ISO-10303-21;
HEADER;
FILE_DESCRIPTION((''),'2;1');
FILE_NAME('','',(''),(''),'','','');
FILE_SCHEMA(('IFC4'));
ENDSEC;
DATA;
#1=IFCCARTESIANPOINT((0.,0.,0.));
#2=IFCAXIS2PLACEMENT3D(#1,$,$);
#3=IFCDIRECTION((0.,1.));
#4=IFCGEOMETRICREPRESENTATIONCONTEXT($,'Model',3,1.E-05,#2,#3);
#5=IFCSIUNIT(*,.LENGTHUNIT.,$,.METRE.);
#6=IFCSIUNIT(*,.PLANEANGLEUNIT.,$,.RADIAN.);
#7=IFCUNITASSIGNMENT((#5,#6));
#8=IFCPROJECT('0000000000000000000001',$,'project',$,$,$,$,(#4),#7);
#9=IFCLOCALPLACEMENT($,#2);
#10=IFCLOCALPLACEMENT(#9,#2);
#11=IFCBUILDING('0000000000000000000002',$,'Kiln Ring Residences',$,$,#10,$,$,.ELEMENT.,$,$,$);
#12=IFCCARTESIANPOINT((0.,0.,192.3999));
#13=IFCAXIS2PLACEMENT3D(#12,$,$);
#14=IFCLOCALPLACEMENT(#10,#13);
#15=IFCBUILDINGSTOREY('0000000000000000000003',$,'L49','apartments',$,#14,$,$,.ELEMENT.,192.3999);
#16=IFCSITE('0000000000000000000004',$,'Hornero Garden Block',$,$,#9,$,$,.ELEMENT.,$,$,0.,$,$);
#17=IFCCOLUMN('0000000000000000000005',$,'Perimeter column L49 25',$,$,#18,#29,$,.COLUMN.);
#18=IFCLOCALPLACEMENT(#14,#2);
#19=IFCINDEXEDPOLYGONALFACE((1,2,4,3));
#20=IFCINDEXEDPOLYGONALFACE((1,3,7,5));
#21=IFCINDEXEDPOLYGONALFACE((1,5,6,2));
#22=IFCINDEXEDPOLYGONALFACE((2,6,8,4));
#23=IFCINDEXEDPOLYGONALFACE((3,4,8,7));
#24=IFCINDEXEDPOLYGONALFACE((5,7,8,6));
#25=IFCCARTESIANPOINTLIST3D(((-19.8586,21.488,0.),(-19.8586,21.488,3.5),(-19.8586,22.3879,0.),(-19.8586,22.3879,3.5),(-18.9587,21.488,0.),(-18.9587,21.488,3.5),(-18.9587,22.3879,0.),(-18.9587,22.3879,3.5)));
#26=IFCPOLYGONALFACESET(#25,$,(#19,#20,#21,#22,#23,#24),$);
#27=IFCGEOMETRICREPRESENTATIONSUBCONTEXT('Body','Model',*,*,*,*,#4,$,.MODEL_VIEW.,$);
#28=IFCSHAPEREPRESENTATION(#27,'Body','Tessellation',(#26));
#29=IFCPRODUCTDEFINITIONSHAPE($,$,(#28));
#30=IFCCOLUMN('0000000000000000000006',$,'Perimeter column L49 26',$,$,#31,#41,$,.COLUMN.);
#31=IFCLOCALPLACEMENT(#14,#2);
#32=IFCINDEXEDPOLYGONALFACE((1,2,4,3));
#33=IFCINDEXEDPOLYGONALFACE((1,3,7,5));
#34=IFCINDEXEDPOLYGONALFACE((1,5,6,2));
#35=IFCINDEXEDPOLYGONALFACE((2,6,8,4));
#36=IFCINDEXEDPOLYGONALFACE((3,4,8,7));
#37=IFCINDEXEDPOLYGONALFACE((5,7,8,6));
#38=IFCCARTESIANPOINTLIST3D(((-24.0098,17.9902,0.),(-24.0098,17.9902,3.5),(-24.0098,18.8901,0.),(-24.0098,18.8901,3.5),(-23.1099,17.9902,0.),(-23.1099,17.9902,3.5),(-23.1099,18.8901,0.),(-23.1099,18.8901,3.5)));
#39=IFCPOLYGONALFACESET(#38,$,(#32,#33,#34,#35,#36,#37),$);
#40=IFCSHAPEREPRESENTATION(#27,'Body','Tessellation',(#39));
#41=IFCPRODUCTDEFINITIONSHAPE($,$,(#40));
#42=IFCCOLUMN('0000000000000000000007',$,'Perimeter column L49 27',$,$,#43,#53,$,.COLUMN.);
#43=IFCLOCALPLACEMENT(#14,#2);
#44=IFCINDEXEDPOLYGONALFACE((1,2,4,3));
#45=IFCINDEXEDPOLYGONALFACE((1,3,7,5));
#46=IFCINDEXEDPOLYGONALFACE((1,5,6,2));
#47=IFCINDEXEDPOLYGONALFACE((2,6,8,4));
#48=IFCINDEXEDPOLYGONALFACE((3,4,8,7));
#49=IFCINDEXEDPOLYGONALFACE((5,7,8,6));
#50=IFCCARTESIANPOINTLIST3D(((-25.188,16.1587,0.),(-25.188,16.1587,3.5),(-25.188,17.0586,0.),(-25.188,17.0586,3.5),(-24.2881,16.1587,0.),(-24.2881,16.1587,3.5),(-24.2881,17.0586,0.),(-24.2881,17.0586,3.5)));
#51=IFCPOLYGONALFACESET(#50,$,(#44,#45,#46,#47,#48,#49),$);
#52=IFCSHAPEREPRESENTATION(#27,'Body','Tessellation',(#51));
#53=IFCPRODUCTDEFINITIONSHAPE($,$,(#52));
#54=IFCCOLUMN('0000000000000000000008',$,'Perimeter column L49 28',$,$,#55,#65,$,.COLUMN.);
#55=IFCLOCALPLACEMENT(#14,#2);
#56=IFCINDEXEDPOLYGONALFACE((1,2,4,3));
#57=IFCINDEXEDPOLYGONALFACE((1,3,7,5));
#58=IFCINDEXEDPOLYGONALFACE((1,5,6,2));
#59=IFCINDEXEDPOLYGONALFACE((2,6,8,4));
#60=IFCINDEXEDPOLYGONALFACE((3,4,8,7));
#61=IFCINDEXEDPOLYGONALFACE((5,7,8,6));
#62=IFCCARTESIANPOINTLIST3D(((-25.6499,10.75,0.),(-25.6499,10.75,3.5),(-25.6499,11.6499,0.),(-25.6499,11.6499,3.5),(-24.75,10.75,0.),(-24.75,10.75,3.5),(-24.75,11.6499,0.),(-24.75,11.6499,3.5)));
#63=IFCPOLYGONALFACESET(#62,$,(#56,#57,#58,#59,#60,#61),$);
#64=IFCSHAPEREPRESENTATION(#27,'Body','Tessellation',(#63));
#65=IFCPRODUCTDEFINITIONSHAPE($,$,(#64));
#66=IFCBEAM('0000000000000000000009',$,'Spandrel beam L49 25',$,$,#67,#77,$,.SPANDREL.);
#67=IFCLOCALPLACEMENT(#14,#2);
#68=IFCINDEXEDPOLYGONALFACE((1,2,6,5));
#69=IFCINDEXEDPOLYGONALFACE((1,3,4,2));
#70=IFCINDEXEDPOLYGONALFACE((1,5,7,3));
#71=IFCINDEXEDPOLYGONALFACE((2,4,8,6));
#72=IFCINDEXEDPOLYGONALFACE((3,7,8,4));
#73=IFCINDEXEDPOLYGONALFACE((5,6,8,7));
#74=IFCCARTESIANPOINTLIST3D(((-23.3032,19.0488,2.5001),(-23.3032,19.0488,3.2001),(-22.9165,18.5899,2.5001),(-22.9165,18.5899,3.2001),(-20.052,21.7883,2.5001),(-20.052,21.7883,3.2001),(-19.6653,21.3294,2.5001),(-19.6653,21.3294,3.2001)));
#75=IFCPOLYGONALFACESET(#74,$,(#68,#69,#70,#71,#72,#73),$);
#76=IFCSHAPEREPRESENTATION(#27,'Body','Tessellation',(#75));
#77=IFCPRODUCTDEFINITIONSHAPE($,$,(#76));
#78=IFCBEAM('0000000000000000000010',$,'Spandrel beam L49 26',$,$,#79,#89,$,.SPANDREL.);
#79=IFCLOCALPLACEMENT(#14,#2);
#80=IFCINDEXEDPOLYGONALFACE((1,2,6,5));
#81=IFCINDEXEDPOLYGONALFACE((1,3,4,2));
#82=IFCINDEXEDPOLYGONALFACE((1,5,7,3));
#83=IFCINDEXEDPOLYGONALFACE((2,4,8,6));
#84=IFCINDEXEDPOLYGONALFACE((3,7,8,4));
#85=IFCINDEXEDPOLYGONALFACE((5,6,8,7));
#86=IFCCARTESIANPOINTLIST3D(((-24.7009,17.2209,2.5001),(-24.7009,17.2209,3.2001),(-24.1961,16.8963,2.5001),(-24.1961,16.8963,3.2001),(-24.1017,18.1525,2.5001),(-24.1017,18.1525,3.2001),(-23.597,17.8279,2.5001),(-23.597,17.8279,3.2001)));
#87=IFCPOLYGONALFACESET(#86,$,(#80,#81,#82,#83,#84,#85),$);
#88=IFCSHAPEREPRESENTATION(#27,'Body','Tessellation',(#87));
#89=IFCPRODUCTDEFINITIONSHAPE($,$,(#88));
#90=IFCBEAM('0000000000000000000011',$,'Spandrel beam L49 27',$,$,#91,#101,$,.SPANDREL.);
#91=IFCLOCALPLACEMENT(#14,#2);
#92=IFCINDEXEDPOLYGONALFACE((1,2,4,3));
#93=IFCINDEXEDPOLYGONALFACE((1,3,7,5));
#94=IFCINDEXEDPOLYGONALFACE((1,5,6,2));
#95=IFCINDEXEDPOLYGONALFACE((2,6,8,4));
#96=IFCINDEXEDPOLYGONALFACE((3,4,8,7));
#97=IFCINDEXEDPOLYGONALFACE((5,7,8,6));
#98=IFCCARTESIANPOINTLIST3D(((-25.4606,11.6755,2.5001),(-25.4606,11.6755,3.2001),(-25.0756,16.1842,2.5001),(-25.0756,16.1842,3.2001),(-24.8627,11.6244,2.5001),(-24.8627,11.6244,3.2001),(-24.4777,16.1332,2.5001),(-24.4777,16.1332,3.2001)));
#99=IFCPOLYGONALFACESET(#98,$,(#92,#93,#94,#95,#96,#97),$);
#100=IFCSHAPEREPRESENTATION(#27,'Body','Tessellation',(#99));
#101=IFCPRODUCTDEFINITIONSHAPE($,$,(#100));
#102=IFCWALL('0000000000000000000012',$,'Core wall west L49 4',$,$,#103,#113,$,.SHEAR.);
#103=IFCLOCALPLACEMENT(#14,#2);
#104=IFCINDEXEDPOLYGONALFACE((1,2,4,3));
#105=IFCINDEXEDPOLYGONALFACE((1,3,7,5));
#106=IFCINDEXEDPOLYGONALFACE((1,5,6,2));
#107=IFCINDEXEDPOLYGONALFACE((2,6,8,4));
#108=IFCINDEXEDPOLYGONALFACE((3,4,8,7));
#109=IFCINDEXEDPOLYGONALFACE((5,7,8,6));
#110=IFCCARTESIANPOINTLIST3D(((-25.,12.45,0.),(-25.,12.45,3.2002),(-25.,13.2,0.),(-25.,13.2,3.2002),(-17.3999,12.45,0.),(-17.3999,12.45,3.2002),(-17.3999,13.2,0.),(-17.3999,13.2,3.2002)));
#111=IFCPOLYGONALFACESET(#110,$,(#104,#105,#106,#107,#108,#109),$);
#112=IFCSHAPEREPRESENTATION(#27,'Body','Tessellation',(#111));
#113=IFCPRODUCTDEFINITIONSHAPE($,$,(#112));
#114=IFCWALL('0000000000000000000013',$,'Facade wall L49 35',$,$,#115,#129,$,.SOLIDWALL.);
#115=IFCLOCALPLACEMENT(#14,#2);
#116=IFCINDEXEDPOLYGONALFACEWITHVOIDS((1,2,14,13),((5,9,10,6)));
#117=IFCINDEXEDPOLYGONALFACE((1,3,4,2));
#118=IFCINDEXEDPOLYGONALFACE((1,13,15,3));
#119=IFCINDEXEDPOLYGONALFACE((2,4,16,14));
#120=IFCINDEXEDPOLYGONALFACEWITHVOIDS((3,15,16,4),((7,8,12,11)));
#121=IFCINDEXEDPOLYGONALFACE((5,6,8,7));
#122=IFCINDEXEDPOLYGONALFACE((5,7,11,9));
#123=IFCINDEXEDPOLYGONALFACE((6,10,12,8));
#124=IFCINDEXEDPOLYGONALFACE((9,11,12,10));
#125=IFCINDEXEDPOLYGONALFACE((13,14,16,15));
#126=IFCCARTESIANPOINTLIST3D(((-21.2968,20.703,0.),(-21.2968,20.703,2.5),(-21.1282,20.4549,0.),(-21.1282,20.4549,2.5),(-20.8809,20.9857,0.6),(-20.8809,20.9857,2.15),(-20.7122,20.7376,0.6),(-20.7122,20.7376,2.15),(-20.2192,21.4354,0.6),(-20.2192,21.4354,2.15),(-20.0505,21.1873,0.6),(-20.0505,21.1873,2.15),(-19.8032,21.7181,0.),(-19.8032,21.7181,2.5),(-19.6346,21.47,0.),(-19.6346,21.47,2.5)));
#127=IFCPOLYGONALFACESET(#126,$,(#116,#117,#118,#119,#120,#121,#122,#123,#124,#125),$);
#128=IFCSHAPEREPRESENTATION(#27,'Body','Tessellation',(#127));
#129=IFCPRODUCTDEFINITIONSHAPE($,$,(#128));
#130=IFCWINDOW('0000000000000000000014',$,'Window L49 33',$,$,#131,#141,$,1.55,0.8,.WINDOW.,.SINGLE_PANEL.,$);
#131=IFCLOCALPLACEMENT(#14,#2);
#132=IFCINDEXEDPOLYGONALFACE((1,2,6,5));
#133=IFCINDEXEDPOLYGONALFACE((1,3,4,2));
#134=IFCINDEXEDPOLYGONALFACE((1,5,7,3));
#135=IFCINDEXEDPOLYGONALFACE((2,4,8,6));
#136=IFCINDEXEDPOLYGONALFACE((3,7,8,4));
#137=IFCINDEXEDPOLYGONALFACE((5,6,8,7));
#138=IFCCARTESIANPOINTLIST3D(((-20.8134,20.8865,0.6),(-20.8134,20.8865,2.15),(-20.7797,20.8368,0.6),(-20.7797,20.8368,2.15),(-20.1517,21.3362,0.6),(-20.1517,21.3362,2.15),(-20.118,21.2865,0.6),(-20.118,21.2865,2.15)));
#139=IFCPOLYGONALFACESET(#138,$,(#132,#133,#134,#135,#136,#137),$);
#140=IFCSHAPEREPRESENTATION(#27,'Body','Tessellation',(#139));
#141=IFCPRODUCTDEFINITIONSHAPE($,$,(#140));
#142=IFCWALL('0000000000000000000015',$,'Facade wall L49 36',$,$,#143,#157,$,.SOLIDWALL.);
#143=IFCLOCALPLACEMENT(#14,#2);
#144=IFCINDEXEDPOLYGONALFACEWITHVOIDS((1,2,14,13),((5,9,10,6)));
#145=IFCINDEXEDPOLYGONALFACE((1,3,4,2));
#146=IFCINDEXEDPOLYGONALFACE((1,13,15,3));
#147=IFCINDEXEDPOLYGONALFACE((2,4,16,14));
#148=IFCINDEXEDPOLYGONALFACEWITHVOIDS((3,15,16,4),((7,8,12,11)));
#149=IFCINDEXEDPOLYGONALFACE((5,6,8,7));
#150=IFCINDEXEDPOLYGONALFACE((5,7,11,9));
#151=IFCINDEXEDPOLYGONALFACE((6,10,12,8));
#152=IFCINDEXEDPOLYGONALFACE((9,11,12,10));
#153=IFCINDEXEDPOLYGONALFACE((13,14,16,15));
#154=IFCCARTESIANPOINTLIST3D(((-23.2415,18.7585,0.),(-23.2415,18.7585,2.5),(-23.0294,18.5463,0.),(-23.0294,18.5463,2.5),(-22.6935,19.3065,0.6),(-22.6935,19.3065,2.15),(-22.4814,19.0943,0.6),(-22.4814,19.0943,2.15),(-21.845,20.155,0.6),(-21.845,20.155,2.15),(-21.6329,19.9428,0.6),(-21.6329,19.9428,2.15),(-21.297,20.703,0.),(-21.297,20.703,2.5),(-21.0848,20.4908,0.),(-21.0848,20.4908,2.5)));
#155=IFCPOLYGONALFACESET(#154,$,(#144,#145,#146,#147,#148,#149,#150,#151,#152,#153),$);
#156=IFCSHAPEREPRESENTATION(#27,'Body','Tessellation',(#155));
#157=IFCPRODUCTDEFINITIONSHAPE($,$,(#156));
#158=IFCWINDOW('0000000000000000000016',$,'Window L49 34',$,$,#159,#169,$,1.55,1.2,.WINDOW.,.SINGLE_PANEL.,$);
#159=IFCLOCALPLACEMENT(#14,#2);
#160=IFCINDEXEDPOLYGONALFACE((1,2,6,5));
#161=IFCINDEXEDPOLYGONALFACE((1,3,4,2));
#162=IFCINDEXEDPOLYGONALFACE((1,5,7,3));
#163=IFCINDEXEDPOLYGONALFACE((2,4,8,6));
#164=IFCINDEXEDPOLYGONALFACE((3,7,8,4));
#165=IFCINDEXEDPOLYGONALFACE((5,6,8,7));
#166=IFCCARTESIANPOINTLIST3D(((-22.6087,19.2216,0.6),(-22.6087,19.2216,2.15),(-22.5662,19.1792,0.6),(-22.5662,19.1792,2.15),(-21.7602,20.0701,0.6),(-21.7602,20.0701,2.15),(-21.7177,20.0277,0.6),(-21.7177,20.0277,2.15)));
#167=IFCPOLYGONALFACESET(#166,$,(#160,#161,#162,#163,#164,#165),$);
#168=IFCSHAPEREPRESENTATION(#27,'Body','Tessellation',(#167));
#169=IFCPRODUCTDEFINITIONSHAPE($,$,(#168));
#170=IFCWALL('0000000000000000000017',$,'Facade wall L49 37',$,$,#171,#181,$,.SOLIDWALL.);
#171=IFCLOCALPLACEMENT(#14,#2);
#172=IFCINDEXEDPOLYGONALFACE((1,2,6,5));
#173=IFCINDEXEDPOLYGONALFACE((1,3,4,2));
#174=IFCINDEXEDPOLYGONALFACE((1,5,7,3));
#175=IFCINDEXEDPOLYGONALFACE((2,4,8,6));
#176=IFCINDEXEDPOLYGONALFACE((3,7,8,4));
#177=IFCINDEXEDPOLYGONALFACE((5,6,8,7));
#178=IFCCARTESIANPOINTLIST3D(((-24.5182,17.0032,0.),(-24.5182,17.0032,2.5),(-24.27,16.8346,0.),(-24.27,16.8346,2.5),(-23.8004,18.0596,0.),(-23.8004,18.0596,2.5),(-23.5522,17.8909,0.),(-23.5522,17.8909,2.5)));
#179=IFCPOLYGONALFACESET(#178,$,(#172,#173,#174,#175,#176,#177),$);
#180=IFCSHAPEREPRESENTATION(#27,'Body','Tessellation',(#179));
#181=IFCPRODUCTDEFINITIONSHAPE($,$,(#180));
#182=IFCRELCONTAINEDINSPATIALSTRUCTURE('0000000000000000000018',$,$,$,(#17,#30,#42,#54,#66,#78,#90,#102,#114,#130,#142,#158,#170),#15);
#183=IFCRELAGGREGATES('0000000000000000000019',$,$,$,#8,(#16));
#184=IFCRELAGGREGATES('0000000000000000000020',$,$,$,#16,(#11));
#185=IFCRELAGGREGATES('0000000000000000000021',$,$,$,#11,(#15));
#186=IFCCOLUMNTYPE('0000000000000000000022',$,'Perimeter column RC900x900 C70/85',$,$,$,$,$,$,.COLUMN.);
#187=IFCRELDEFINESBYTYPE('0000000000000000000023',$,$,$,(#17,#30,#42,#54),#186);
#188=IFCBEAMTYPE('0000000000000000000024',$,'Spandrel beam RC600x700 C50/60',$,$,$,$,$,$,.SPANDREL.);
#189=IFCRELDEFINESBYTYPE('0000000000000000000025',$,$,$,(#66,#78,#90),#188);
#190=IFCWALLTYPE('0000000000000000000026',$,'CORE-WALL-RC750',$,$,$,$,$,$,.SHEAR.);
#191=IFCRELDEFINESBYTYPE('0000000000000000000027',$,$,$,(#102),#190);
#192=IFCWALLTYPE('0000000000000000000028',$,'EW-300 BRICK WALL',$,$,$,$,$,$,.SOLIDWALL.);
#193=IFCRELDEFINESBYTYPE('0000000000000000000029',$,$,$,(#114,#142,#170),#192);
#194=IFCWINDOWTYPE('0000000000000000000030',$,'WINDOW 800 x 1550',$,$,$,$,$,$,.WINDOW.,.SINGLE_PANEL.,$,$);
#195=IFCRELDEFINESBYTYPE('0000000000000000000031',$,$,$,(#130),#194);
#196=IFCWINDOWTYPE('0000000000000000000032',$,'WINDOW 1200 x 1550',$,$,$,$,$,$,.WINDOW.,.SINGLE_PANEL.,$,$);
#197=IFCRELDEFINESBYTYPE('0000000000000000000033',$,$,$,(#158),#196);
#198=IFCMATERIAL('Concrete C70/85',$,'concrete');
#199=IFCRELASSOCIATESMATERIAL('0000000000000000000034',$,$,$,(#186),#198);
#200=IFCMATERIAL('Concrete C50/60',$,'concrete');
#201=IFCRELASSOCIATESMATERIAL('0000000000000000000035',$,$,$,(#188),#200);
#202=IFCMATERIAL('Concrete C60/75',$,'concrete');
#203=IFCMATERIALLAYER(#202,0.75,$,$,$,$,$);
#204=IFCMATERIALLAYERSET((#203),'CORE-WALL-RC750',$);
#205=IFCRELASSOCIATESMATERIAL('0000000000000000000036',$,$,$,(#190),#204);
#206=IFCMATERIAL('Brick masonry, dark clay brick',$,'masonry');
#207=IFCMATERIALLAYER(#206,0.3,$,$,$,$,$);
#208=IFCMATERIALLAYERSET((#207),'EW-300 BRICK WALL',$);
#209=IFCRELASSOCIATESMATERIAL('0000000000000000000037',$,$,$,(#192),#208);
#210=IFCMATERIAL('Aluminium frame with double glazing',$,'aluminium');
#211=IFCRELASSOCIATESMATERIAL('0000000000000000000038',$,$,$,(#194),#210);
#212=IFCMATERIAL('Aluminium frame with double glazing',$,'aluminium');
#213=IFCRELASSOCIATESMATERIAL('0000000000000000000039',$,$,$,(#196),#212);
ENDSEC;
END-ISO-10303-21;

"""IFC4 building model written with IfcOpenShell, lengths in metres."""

from ifc_helpers import new_model, si_unit, direction, frame, frame_2d, origin, origin_2d, place, context, subcontext, project, spatial, rectangle, extrude, material, layer, layer_set, material_profile, profile_set, type_object, element, fill, save


model = new_model("IFC4")

# Units and contexts
model_context = context("Model", 3, precision=1e-05, world=origin(), true_north=direction((0.0, 1.0)))
body_context = subcontext(model_context, "Body", "Model", "MODEL_VIEW")
ifc_project = project(units=[si_unit("LENGTHUNIT", "METRE"), si_unit("PLANEANGLEUNIT", "RADIAN")], contexts=[model_context])

# Site, building, storey
site_placement = place(None, origin())
site = spatial("IfcSite", under=ifc_project, at=site_placement, Name="Hornero Garden Block", CompositionType="ELEMENT", RefElevation=0.0)
building_placement = place(site_placement, origin())
building = spatial("IfcBuilding", under=site, at=building_placement, Name="Kiln Ring Residences", CompositionType="ELEMENT")
storey_placement = place(building_placement, frame((0.0, 0.0, 192.3999)))
storey = spatial("IfcBuildingStorey", under=building, at=storey_placement, Name="L49", Description="apartments", CompositionType="ELEMENT", Elevation=192.3999)

# Columns
ifc_material_1 = material(Name="Concrete C70/85", Category="concrete")
ifc_material_profile_1 = material_profile(ifc_material_1, rectangle(XDim=0.8999, YDim=0.8999, at=origin_2d()), Name="RC900x900")
ifc_profile_set_1 = profile_set([ifc_material_profile_1], Name="Concrete C70/85")
column_type = type_object("IfcColumnType", Name="Perimeter column RC900x900 C70/85", PredefinedType="COLUMN", material=ifc_profile_set_1)
for number, where, z_axis, x_axis, name in (
    (1, (-19.4087, 21.938, 0.0), (0.0, 0.0, 1.0), (1.0, 0.0, 0.0), "Perimeter column L49 25"),
    (2, (-23.5598, 18.4402, 0.0), (0.0, 0.0, 1.0), (1.0, 0.0, 0.0), "Perimeter column L49 26"),
    (3, (-24.738, 16.6086, 0.0), (0.0, 0.0, 1.0), (1.0, 0.0, 0.0), "Perimeter column L49 27"),
    (4, (-25.2, 11.2, 0.0), (0.0, 0.0, 1.0), (1.0, 0.0, 0.0), "Perimeter column L49 28"),
):
    element("IfcColumn", number, at=place(storey_placement, frame(where, z_axis=z_axis, x_axis=x_axis)), inside=storey, type_object=column_type, Name=name, PredefinedType="COLUMN", context=body_context, shape_type="SweptSolid", body=[
        extrude(rectangle(XDim=0.8999, YDim=0.8999, at=origin_2d()), origin(), (0.0, 0.0, 1.0), 3.5),
    ])

# Beams
ifc_material_2 = material(Name="Concrete C50/60", Category="concrete")
ifc_material_profile_2 = material_profile(ifc_material_2, rectangle(XDim=0.6001, YDim=0.7, at=origin_2d()), Name="RC600x700")
ifc_profile_set_2 = profile_set([ifc_material_profile_2], Name="Concrete C50/60")
beam_type = type_object("IfcBeamType", Name="Spandrel beam RC600x700 C50/60", PredefinedType="SPANDREL", material=ifc_profile_set_2)
beam_1_placement = place(storey_placement, frame((-19.8586, 21.5588, 2.8501), z_axis=(-0.764722, -0.64436, 0.0), x_axis=(0.64436, -0.764722, 0.0)))
element("IfcBeam", 5, at=beam_1_placement, inside=storey, type_object=beam_type, Name="Spandrel beam L49 25", PredefinedType="SPANDREL", context=body_context, shape_type="SweptSolid", body=[
    extrude(rectangle(XDim=0.6001, YDim=0.7, at=origin_2d()), origin(), (0.0, 0.0, 1.0), 4.2515),
])
beam_2_placement = place(storey_placement, frame((-23.8494, 17.9902, 2.8501), z_axis=(-0.540891, -0.841093, 0.0), x_axis=(0.841093, -0.540891, 0.0)))
element("IfcBeam", 6, at=beam_2_placement, inside=storey, type_object=beam_type, Name="Spandrel beam L49 26", PredefinedType="SPANDREL", context=body_context, shape_type="SweptSolid", body=[
    extrude(rectangle(XDim=0.6001, YDim=0.7, at=origin_2d()), origin(), (0.0, 0.0, 1.0), 1.1077),
])
beam_3_placement = place(storey_placement, frame((-24.7766, 16.1587, 2.8501), z_axis=(-0.085081, -0.996374, 0.0), x_axis=(0.996374, -0.085081, 0.0)))
element("IfcBeam", 7, at=beam_3_placement, inside=storey, type_object=beam_type, Name="Spandrel beam L49 27", PredefinedType="SPANDREL", context=body_context, shape_type="SweptSolid", body=[
    extrude(rectangle(XDim=0.6001, YDim=0.7, at=origin_2d()), origin(), (0.0, 0.0, 1.0), 4.5251),
])

# Wall
ifc_material_3 = material(Name="Concrete C60/75", Category="concrete")
ifc_layer_1 = layer(ifc_material_3, 0.75)
ifc_layer_set_1 = layer_set([ifc_layer_1], Name="CORE-WALL-RC750")
wall_type_1 = type_object("IfcWallType", Name="CORE-WALL-RC750", PredefinedType="SHEAR", material=ifc_layer_set_1)
wall_1_placement = place(storey_placement, frame((-17.3999, 12.825, 0.0), z_axis=(0.0, 0.0, 1.0), x_axis=(-1.0, 0.0, 0.0)))
element("IfcWall", 8, at=wall_1_placement, inside=storey, type_object=wall_type_1, Name="Core wall west L49 4", PredefinedType="SHEAR", context=body_context, shape_type="SweptSolid", body=[
    extrude(rectangle(XDim=7.6001, YDim=0.75, at=frame_2d((3.8, 0.0))), origin(), (0.0, 0.0, 1.0), 3.2002),
])

# Walls, openings, windows
ifc_material_4 = material(Name="Brick masonry, dark clay brick", Category="masonry")
ifc_layer_2 = layer(ifc_material_4, 0.3)
ifc_layer_set_2 = layer_set([ifc_layer_2], Name="EW-300 BRICK WALL")
wall_type_2 = type_object("IfcWallType", Name="EW-300 BRICK WALL", PredefinedType="SOLIDWALL", material=ifc_layer_set_2)
wall_2_placement = place(storey_placement, frame((-19.719, 21.594, 0.0), z_axis=(0.0, 0.0, 1.0), x_axis=(-0.827067, -0.562103, 0.0)))
wall_2 = element("IfcWall", 9, at=wall_2_placement, inside=storey, type_object=wall_type_2, Name="Facade wall L49 35", PredefinedType="SOLIDWALL", context=body_context, shape_type="SweptSolid", body=[
    extrude(rectangle(XDim=1.8059, YDim=0.3, at=frame_2d((0.9028, 0.0))), origin(), (0.0, 0.0, 1.0), 2.5),
])
opening_1_placement = place(wall_2_placement, frame((0.5029, 0.0, 0.6001)))
opening_1 = element("IfcOpeningElement", 10, at=opening_1_placement, cuts=wall_2, PredefinedType="OPENING", context=body_context, shape_type="SweptSolid", body=[
    extrude(rectangle(XDim=0.8, YDim=1.55, at=frame_2d((0.3999, 0.7749))), frame((0.0, 0.1599, 0.0), z_axis=(0.0, -1.0, 0.0), x_axis=(1.0, 0.0, 0.0)), (0.0, 0.0, 1.0), 0.3201),
])
ifc_material_5 = material(Name="Aluminium frame with double glazing", Category="aluminium")
window_type_1 = type_object("IfcWindowType", Name="WINDOW 800 x 1550", PartitioningType="SINGLE_PANEL", PredefinedType="WINDOW", material=ifc_material_5)
window_1_placement = place(opening_1_placement, origin())
window_1 = element("IfcWindow", 11, at=window_1_placement, inside=storey, type_object=window_type_1, Name="Window L49 33", OverallHeight=1.55, OverallWidth=0.8, PartitioningType="SINGLE_PANEL", PredefinedType="WINDOW", context=body_context, shape_type="SweptSolid", body=[
    extrude(rectangle(XDim=0.8, YDim=1.55, at=frame_2d((0.3999, 0.7749))), frame((0.0, 0.03, 0.0), z_axis=(0.0, -1.0, 0.0), x_axis=(1.0, 0.0, 0.0)), (0.0, 0.0, 1.0), 0.0601),
])
fill(opening_1, window_1)
wall_3_placement = place(storey_placement, frame((-21.1909, 20.5969, 0.0), z_axis=(0.0, 0.0, 1.0), x_axis=(-0.707107, -0.707107, 0.0)))
wall_3 = element("IfcWall", 12, at=wall_3_placement, inside=storey, type_object=wall_type_2, Name="Facade wall L49 36", PredefinedType="SOLIDWALL", context=body_context, shape_type="SweptSolid", body=[
    extrude(rectangle(XDim=2.75, YDim=0.3, at=frame_2d((1.375, 0.0))), origin(), (0.0, 0.0, 1.0), 2.5),
])
opening_2_placement = place(wall_3_placement, frame((0.7749, 0.0, 0.6001)))
opening_2 = element("IfcOpeningElement", 13, at=opening_2_placement, cuts=wall_3, PredefinedType="OPENING", context=body_context, shape_type="SweptSolid", body=[
    extrude(rectangle(XDim=1.2, YDim=1.55, at=frame_2d((0.6001, 0.7749))), frame((0.0, 0.1599, 0.0), z_axis=(0.0, -1.0, 0.0), x_axis=(1.0, 0.0, 0.0)), (0.0, 0.0, 1.0), 0.3201),
])
ifc_material_6 = material(Name="Aluminium frame with double glazing", Category="aluminium")
window_type_2 = type_object("IfcWindowType", Name="WINDOW 1200 x 1550", PartitioningType="SINGLE_PANEL", PredefinedType="WINDOW", material=ifc_material_6)
window_2_placement = place(opening_2_placement, origin())
window_2 = element("IfcWindow", 14, at=window_2_placement, inside=storey, type_object=window_type_2, Name="Window L49 34", OverallHeight=1.55, OverallWidth=1.2, PartitioningType="SINGLE_PANEL", PredefinedType="WINDOW", context=body_context, shape_type="SweptSolid", body=[
    extrude(rectangle(XDim=1.2, YDim=1.55, at=frame_2d((0.6001, 0.7749))), frame((0.0, 0.03, 0.0), z_axis=(0.0, -1.0, 0.0), x_axis=(1.0, 0.0, 0.0)), (0.0, 0.0, 1.0), 0.0601),
])
fill(opening_2, window_2)

# Wall
wall_4_placement = place(storey_placement, frame((-23.6763, 17.9753, 0.0), z_axis=(0.0, 0.0, 1.0), x_axis=(-0.562001, -0.827136, 0.0)))
element("IfcWall", 15, at=wall_4_placement, inside=storey, type_object=wall_type_2, Name="Facade wall L49 37", PredefinedType="SOLIDWALL", context=body_context, shape_type="SweptSolid", body=[
    extrude(rectangle(XDim=1.2771, YDim=0.3, at=frame_2d((0.6387, 0.0))), origin(), (0.0, 0.0, 1.0), 2.5),
])

save(model, "model.ifc")
